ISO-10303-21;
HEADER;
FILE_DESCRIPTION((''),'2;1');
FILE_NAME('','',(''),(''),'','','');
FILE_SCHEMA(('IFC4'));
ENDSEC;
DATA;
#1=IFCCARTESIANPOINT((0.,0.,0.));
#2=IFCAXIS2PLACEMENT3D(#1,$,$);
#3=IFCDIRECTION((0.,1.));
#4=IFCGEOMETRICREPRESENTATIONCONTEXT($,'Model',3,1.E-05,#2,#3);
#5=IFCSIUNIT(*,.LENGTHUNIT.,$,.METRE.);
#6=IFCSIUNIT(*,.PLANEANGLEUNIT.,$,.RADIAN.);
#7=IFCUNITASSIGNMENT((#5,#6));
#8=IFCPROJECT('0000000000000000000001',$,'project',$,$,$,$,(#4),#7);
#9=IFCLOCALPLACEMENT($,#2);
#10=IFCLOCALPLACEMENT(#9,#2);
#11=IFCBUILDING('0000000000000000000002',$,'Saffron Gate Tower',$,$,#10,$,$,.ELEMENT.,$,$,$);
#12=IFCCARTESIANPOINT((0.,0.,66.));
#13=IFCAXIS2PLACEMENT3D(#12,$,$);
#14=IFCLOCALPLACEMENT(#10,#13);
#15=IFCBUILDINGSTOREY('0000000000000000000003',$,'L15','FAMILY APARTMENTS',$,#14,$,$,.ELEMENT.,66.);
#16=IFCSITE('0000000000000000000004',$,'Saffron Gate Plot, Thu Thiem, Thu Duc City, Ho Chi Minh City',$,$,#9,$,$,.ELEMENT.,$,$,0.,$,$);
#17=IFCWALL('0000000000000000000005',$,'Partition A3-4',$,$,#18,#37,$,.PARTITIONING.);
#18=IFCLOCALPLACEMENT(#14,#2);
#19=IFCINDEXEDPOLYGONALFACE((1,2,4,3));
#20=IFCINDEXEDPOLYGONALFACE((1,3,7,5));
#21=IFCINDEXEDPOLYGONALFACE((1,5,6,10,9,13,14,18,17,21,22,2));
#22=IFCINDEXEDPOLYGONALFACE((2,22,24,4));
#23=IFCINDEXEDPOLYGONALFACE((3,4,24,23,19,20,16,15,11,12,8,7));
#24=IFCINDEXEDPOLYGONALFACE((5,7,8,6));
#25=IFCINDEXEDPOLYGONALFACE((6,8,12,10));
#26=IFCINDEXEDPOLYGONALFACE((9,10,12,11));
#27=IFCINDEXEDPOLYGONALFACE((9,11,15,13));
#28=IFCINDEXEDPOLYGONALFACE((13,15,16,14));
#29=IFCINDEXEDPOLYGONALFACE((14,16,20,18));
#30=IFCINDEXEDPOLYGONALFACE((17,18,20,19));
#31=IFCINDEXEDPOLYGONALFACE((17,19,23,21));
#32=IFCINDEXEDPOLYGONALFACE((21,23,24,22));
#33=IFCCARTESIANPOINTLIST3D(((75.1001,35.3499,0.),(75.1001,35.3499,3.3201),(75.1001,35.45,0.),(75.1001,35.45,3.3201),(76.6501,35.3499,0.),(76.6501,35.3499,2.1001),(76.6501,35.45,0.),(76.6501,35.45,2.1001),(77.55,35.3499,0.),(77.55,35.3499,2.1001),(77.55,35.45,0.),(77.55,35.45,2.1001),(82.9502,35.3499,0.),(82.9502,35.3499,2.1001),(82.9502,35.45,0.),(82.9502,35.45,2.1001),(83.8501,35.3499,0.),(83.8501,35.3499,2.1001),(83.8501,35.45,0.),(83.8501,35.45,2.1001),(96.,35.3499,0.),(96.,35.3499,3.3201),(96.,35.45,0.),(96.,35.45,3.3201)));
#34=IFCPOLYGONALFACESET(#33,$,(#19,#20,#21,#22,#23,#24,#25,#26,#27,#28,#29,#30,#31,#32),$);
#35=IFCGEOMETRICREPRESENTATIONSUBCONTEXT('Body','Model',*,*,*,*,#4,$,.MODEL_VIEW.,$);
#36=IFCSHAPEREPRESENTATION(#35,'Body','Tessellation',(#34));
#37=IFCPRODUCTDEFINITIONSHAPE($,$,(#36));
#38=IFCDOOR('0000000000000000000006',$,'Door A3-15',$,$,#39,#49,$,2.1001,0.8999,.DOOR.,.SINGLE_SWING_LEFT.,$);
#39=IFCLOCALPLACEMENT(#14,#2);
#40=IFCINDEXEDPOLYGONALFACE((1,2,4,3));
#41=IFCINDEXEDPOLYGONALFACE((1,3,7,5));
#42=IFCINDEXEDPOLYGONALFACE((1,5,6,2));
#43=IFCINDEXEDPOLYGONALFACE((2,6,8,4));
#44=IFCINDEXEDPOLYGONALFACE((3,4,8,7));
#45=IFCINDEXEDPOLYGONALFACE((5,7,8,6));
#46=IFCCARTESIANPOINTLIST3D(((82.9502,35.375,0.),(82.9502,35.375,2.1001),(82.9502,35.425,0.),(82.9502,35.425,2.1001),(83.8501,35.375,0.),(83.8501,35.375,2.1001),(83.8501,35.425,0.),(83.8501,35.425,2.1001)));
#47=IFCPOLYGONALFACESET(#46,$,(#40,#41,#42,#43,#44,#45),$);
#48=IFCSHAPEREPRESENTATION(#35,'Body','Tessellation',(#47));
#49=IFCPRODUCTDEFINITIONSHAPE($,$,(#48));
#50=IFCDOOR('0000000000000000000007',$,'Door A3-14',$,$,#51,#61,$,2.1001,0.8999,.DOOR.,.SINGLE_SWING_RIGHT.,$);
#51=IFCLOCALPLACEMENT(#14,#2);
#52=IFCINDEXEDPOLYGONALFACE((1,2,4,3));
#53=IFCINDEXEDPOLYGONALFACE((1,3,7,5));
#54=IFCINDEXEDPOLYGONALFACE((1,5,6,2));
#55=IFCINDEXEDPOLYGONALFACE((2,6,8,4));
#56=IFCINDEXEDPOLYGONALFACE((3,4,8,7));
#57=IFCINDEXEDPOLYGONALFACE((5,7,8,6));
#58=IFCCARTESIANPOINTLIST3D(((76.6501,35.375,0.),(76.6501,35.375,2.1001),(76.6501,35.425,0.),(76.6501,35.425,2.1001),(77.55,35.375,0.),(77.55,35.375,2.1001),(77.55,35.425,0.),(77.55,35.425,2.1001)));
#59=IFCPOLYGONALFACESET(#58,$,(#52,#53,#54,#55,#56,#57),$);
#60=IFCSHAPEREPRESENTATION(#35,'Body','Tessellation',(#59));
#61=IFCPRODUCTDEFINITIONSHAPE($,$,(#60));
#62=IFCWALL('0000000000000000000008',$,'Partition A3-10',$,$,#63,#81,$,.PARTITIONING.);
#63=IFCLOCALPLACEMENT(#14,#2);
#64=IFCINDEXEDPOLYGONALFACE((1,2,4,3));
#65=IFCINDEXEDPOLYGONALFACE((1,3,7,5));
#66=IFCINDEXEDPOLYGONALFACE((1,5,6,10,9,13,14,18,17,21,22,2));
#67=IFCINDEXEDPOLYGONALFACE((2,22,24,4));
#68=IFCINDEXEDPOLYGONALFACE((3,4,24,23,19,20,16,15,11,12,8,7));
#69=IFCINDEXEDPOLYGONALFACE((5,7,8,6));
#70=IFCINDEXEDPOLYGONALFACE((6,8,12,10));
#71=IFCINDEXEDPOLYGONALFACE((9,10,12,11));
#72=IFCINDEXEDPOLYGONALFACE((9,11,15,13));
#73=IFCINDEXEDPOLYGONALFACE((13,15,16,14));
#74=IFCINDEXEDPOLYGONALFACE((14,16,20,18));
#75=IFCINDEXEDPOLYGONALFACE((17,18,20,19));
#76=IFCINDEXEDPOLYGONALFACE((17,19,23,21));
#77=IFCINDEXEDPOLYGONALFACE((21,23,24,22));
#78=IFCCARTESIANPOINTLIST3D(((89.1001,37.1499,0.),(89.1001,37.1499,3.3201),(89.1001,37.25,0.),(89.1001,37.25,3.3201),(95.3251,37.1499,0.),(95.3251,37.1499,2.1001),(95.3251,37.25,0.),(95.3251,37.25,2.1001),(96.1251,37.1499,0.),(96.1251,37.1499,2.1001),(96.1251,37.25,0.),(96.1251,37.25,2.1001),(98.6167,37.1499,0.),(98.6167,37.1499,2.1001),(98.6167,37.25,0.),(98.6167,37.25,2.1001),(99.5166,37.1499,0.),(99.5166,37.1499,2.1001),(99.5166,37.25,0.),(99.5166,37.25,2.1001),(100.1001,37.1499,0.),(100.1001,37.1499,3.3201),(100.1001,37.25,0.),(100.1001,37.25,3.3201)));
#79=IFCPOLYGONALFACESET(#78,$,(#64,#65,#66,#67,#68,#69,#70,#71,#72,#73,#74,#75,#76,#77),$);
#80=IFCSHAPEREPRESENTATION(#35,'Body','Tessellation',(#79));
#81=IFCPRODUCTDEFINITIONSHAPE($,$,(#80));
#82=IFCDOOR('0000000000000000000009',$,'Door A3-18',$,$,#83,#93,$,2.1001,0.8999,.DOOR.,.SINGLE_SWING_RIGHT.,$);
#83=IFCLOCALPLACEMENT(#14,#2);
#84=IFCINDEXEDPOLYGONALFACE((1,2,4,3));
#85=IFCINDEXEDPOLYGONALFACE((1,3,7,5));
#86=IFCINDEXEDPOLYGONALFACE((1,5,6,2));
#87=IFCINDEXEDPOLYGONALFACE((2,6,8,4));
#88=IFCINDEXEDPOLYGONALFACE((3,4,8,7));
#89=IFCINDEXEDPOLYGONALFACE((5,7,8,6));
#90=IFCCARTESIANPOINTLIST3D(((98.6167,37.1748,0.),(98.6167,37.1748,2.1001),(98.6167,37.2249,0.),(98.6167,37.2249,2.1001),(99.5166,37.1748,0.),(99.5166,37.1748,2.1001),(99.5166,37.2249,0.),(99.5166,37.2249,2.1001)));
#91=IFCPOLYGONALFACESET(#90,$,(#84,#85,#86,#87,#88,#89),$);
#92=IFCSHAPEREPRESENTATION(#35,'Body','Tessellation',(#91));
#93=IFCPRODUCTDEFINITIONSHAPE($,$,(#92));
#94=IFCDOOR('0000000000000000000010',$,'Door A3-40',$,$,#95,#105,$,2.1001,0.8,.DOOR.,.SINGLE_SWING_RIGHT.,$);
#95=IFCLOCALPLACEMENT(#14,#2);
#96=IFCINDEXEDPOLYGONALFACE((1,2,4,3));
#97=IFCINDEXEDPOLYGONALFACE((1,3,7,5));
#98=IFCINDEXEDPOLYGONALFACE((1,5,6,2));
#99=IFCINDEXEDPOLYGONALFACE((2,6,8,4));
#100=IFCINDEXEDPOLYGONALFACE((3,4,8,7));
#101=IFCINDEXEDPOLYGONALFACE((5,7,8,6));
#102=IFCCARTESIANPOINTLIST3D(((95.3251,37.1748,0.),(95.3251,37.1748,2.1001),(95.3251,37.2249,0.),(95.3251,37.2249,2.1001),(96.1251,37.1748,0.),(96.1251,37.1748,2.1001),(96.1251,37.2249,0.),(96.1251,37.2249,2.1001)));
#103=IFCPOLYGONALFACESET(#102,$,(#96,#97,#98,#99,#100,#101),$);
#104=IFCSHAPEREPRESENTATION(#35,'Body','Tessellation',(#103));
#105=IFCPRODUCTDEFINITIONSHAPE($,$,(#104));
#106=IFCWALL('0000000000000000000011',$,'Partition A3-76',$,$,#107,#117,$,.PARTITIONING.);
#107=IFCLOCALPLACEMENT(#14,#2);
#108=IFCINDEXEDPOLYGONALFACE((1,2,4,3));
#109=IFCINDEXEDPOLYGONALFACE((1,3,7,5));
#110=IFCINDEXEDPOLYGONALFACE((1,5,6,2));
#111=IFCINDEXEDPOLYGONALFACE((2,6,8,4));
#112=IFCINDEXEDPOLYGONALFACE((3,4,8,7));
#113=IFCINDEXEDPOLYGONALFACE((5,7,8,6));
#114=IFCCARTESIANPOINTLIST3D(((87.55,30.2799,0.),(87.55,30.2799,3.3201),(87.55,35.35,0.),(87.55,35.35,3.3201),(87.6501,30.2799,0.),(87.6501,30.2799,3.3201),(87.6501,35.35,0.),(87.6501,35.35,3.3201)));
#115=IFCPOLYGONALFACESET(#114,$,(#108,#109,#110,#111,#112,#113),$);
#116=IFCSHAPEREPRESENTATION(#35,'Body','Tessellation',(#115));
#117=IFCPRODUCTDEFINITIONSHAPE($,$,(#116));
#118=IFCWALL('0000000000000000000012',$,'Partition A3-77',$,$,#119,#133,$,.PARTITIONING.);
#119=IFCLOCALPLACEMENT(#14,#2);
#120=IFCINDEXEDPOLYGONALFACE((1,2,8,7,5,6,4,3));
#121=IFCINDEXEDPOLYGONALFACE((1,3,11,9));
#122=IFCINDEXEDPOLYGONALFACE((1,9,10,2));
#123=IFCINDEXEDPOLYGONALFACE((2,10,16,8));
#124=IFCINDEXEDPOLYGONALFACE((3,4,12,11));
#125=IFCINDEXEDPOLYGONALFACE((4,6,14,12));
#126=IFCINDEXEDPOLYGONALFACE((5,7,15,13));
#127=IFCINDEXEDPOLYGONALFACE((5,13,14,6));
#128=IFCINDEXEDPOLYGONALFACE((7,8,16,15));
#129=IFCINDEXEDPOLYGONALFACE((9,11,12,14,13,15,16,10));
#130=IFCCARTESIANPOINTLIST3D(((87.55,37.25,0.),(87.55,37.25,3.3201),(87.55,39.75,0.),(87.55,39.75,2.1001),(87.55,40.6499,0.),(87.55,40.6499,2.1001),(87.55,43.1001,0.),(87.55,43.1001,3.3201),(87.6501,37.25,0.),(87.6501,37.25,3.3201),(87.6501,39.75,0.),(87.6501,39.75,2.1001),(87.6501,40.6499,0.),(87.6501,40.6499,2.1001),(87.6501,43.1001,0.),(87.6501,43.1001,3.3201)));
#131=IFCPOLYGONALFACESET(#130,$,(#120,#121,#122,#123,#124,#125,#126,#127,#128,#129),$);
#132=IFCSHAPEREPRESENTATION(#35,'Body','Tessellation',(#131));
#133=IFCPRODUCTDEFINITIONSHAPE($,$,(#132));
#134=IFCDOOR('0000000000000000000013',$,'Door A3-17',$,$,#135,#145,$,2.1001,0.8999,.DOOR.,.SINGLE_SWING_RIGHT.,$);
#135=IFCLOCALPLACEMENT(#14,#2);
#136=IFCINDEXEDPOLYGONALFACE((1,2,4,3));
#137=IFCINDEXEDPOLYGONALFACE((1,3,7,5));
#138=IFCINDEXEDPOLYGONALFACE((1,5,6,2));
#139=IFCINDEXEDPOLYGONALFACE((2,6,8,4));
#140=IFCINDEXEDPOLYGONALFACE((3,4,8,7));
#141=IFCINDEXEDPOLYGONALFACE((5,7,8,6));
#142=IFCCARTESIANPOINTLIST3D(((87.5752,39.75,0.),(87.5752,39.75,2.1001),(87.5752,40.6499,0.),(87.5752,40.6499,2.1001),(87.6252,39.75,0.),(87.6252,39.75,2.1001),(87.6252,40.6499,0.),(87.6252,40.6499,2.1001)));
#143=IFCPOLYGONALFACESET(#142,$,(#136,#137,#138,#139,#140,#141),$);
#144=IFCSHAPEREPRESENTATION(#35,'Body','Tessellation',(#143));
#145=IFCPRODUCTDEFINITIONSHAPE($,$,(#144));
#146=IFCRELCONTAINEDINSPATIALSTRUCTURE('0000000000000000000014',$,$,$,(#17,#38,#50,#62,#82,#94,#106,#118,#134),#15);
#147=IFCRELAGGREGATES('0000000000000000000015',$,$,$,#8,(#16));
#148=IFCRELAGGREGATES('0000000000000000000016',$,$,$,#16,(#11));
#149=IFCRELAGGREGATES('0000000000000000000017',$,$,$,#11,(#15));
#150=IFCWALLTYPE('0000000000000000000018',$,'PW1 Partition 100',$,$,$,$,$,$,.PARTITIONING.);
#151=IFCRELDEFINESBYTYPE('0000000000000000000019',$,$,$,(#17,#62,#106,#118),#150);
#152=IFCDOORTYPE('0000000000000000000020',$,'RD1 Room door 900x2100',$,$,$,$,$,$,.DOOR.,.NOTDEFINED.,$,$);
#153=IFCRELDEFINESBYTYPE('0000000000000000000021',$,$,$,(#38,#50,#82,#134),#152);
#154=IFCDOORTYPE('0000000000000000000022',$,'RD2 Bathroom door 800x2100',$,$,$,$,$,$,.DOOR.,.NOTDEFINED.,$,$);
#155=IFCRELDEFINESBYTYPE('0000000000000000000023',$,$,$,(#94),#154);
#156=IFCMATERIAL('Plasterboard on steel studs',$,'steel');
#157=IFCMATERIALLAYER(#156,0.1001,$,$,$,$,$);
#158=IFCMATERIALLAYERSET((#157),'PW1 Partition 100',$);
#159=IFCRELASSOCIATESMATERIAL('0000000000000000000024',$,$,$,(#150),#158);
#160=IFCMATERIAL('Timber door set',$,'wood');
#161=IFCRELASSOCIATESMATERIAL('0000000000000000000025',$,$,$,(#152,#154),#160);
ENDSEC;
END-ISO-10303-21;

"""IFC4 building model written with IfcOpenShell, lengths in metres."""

from ifc_helpers import new_model, si_unit, direction, frame, frame_2d, origin, place, context, subcontext, project, spatial, rectangle, extrude, material, layer, layer_set, type_object, element, fill, save


model = new_model("IFC4")

# Units and contexts
model_context = context("Model", 3, precision=1e-05, world=origin(), true_north=direction((0.0, 1.0)))
body_context = subcontext(model_context, "Body", "Model", "MODEL_VIEW")
ifc_project = project(units=[si_unit("LENGTHUNIT", "METRE"), si_unit("PLANEANGLEUNIT", "RADIAN")], contexts=[model_context])

# Site, building, storey
site_placement = place(None, origin())
site = spatial("IfcSite", under=ifc_project, at=site_placement, Name="Saffron Gate Plot, Thu Thiem, Thu Duc City, Ho Chi Minh City", CompositionType="ELEMENT", RefElevation=0.0)
building_placement = place(site_placement, origin())
building = spatial("IfcBuilding", under=site, at=building_placement, Name="Saffron Gate Tower", CompositionType="ELEMENT")
storey_placement = place(building_placement, frame((0.0, 0.0, 66.0)))
storey = spatial("IfcBuildingStorey", under=building, at=storey_placement, Name="L15", Description="FAMILY APARTMENTS", CompositionType="ELEMENT", Elevation=66.0)

# Walls, openings, doors
ifc_material_1 = material(Name="Plasterboard on steel studs", Category="steel")
ifc_layer = layer(ifc_material_1, 0.1001)
ifc_layer_set = layer_set([ifc_layer], Name="PW1 Partition 100")
wall_type = type_object("IfcWallType", Name="PW1 Partition 100", PredefinedType="PARTITIONING", material=ifc_layer_set)
wall_1_placement = place(storey_placement, frame((96.0, 35.3999, 0.0), z_axis=(0.0, 0.0, 1.0), x_axis=(-1.0, 0.0, 0.0)))
wall_1 = element("IfcWall", 1, at=wall_1_placement, inside=storey, type_object=wall_type, Name="Partition A3-4", PredefinedType="PARTITIONING", context=body_context, shape_type="SweptSolid", body=[
    extrude(rectangle(XDim=20.8999, YDim=0.1001, at=frame_2d((10.45, 0.0))), origin(), (0.0, 0.0, 1.0), 3.3201),
])
opening_1_placement = place(wall_1_placement, frame((12.1499, 0.0, 0.0)))
opening_1 = element("IfcOpeningElement", 2, at=opening_1_placement, cuts=wall_1, PredefinedType="OPENING", context=body_context, shape_type="SweptSolid", body=[
    extrude(rectangle(XDim=0.8999, YDim=2.1001, at=frame_2d((0.45, 1.05))), frame((0.0, 0.0601, 0.0), z_axis=(0.0, -1.0, 0.0), x_axis=(1.0, 0.0, 0.0)), (0.0, 0.0, 1.0), 0.1201),
])
opening_2_placement = place(wall_1_placement, frame((18.45, 0.0, 0.0)))
opening_2 = element("IfcOpeningElement", 3, at=opening_2_placement, cuts=wall_1, PredefinedType="OPENING", context=body_context, shape_type="SweptSolid", body=[
    extrude(rectangle(XDim=0.8999, YDim=2.1001, at=frame_2d((0.45, 1.05))), frame((0.0, 0.0601, 0.0), z_axis=(0.0, -1.0, 0.0), x_axis=(1.0, 0.0, 0.0)), (0.0, 0.0, 1.0), 0.1201),
])
ifc_material_2 = material(Name="Timber door set", Category="wood")
door_type_1 = type_object("IfcDoorType", Name="RD1 Room door 900x2100", OperationType="NOTDEFINED", PredefinedType="DOOR", material=ifc_material_2)
door_1_placement = place(opening_1_placement, origin())
door_1 = element("IfcDoor", 4, at=door_1_placement, inside=storey, type_object=door_type_1, Name="Door A3-15", OperationType="SINGLE_SWING_LEFT", OverallHeight=2.1001, OverallWidth=0.8999, PredefinedType="DOOR", context=body_context, shape_type="SweptSolid", body=[
    extrude(rectangle(XDim=0.8999, YDim=2.1001, at=frame_2d((0.45, 1.05))), frame((0.0, 0.0249, 0.0), z_axis=(0.0, -1.0, 0.0), x_axis=(1.0, 0.0, 0.0)), (0.0, 0.0, 1.0), 0.05),
])
fill(opening_1, door_1)
door_2_placement = place(opening_2_placement, origin())
door_2 = element("IfcDoor", 5, at=door_2_placement, inside=storey, type_object=door_type_1, Name="Door A3-14", OperationType="SINGLE_SWING_RIGHT", OverallHeight=2.1001, OverallWidth=0.8999, PredefinedType="DOOR", context=body_context, shape_type="SweptSolid", body=[
    extrude(rectangle(XDim=0.8999, YDim=2.1001, at=frame_2d((0.45, 1.05))), frame((0.0, 0.0249, 0.0), z_axis=(0.0, -1.0, 0.0), x_axis=(1.0, 0.0, 0.0)), (0.0, 0.0, 1.0), 0.05),
])
fill(opening_2, door_2)
wall_2_placement = place(storey_placement, frame((89.1001, 37.2, 0.0), z_axis=(0.0, 0.0, 1.0), x_axis=(1.0, 0.0, 0.0)))
wall_2 = element("IfcWall", 6, at=wall_2_placement, inside=storey, type_object=wall_type, Name="Partition A3-10", PredefinedType="PARTITIONING", context=body_context, shape_type="SweptSolid", body=[
    extrude(rectangle(XDim=11.0, YDim=0.1001, at=frame_2d((5.5, 0.0))), origin(), (0.0, 0.0, 1.0), 3.3201),
])
opening_3_placement = place(wall_2_placement, frame((6.2251, 0.0, 0.0)))
opening_3 = element("IfcOpeningElement", 7, at=opening_3_placement, cuts=wall_2, PredefinedType="OPENING", context=body_context, shape_type="SweptSolid", body=[
    extrude(rectangle(XDim=0.8, YDim=2.1001, at=frame_2d((0.3999, 1.05))), frame((0.0, 0.0601, 0.0), z_axis=(0.0, -1.0, 0.0), x_axis=(1.0, 0.0, 0.0)), (0.0, 0.0, 1.0), 0.1201),
])
opening_4_placement = place(wall_2_placement, frame((9.5166, 0.0, 0.0)))
opening_4 = element("IfcOpeningElement", 8, at=opening_4_placement, cuts=wall_2, PredefinedType="OPENING", context=body_context, shape_type="SweptSolid", body=[
    extrude(rectangle(XDim=0.8999, YDim=2.1001, at=frame_2d((0.45, 1.05))), frame((0.0, 0.0601, 0.0), z_axis=(0.0, -1.0, 0.0), x_axis=(1.0, 0.0, 0.0)), (0.0, 0.0, 1.0), 0.1201),
])
door_3_placement = place(opening_4_placement, origin())
door_3 = element("IfcDoor", 9, at=door_3_placement, inside=storey, type_object=door_type_1, Name="Door A3-18", OperationType="SINGLE_SWING_RIGHT", OverallHeight=2.1001, OverallWidth=0.8999, PredefinedType="DOOR", context=body_context, shape_type="SweptSolid", body=[
    extrude(rectangle(XDim=0.8999, YDim=2.1001, at=frame_2d((0.45, 1.05))), frame((0.0, 0.0249, 0.0), z_axis=(0.0, -1.0, 0.0), x_axis=(1.0, 0.0, 0.0)), (0.0, 0.0, 1.0), 0.05),
])
fill(opening_4, door_3)
door_type_2 = type_object("IfcDoorType", Name="RD2 Bathroom door 800x2100", OperationType="NOTDEFINED", PredefinedType="DOOR", material=ifc_material_2)
door_4_placement = place(opening_3_placement, origin())
door_4 = element("IfcDoor", 10, at=door_4_placement, inside=storey, type_object=door_type_2, Name="Door A3-40", OperationType="SINGLE_SWING_RIGHT", OverallHeight=2.1001, OverallWidth=0.8, PredefinedType="DOOR", context=body_context, shape_type="SweptSolid", body=[
    extrude(rectangle(XDim=0.8, YDim=2.1001, at=frame_2d((0.3999, 1.05))), frame((0.0, 0.0249, 0.0), z_axis=(0.0, -1.0, 0.0), x_axis=(1.0, 0.0, 0.0)), (0.0, 0.0, 1.0), 0.05),
])
fill(opening_3, door_4)

# Wall
wall_3_placement = place(storey_placement, frame((87.6001, 35.3501, 0.0), z_axis=(0.0, 0.0, 1.0), x_axis=(0.0, -1.0, 0.0)))
element("IfcWall", 11, at=wall_3_placement, inside=storey, type_object=wall_type, Name="Partition A3-76", PredefinedType="PARTITIONING", context=body_context, shape_type="SweptSolid", body=[
    extrude(rectangle(XDim=5.0701, YDim=0.1001, at=frame_2d((2.5352, 0.0))), origin(), (0.0, 0.0, 1.0), 3.3201),
])

# Wall, opening, door
wall_4_placement = place(storey_placement, frame((87.6001, 37.25, 0.0), z_axis=(0.0, 0.0, 1.0), x_axis=(0.0, 1.0, 0.0)))
wall_4 = element("IfcWall", 12, at=wall_4_placement, inside=storey, type_object=wall_type, Name="Partition A3-77", PredefinedType="PARTITIONING", context=body_context, shape_type="SweptSolid", body=[
    extrude(rectangle(XDim=5.8501, YDim=0.1001, at=frame_2d((2.925, 0.0))), origin(), (0.0, 0.0, 1.0), 3.3201),
])
opening_5_placement = place(wall_4_placement, frame((2.5, 0.0, 0.0)))
opening_5 = element("IfcOpeningElement", 13, at=opening_5_placement, cuts=wall_4, PredefinedType="OPENING", context=body_context, shape_type="SweptSolid", body=[
    extrude(rectangle(XDim=0.8999, YDim=2.1001, at=frame_2d((0.45, 1.05))), frame((0.0, 0.0601, 0.0), z_axis=(0.0, -1.0, 0.0), x_axis=(1.0, 0.0, 0.0)), (0.0, 0.0, 1.0), 0.1201),
])
door_5_placement = place(opening_5_placement, origin())
door_5 = element("IfcDoor", 14, at=door_5_placement, inside=storey, type_object=door_type_1, Name="Door A3-17", OperationType="SINGLE_SWING_RIGHT", OverallHeight=2.1001, OverallWidth=0.8999, PredefinedType="DOOR", context=body_context, shape_type="SweptSolid", body=[
    extrude(rectangle(XDim=0.8999, YDim=2.1001, at=frame_2d((0.45, 1.05))), frame((0.0, 0.0249, 0.0), z_axis=(0.0, -1.0, 0.0), x_axis=(1.0, 0.0, 0.0)), (0.0, 0.0, 1.0), 0.05),
])
fill(opening_5, door_5)

save(model, "model.ifc")
